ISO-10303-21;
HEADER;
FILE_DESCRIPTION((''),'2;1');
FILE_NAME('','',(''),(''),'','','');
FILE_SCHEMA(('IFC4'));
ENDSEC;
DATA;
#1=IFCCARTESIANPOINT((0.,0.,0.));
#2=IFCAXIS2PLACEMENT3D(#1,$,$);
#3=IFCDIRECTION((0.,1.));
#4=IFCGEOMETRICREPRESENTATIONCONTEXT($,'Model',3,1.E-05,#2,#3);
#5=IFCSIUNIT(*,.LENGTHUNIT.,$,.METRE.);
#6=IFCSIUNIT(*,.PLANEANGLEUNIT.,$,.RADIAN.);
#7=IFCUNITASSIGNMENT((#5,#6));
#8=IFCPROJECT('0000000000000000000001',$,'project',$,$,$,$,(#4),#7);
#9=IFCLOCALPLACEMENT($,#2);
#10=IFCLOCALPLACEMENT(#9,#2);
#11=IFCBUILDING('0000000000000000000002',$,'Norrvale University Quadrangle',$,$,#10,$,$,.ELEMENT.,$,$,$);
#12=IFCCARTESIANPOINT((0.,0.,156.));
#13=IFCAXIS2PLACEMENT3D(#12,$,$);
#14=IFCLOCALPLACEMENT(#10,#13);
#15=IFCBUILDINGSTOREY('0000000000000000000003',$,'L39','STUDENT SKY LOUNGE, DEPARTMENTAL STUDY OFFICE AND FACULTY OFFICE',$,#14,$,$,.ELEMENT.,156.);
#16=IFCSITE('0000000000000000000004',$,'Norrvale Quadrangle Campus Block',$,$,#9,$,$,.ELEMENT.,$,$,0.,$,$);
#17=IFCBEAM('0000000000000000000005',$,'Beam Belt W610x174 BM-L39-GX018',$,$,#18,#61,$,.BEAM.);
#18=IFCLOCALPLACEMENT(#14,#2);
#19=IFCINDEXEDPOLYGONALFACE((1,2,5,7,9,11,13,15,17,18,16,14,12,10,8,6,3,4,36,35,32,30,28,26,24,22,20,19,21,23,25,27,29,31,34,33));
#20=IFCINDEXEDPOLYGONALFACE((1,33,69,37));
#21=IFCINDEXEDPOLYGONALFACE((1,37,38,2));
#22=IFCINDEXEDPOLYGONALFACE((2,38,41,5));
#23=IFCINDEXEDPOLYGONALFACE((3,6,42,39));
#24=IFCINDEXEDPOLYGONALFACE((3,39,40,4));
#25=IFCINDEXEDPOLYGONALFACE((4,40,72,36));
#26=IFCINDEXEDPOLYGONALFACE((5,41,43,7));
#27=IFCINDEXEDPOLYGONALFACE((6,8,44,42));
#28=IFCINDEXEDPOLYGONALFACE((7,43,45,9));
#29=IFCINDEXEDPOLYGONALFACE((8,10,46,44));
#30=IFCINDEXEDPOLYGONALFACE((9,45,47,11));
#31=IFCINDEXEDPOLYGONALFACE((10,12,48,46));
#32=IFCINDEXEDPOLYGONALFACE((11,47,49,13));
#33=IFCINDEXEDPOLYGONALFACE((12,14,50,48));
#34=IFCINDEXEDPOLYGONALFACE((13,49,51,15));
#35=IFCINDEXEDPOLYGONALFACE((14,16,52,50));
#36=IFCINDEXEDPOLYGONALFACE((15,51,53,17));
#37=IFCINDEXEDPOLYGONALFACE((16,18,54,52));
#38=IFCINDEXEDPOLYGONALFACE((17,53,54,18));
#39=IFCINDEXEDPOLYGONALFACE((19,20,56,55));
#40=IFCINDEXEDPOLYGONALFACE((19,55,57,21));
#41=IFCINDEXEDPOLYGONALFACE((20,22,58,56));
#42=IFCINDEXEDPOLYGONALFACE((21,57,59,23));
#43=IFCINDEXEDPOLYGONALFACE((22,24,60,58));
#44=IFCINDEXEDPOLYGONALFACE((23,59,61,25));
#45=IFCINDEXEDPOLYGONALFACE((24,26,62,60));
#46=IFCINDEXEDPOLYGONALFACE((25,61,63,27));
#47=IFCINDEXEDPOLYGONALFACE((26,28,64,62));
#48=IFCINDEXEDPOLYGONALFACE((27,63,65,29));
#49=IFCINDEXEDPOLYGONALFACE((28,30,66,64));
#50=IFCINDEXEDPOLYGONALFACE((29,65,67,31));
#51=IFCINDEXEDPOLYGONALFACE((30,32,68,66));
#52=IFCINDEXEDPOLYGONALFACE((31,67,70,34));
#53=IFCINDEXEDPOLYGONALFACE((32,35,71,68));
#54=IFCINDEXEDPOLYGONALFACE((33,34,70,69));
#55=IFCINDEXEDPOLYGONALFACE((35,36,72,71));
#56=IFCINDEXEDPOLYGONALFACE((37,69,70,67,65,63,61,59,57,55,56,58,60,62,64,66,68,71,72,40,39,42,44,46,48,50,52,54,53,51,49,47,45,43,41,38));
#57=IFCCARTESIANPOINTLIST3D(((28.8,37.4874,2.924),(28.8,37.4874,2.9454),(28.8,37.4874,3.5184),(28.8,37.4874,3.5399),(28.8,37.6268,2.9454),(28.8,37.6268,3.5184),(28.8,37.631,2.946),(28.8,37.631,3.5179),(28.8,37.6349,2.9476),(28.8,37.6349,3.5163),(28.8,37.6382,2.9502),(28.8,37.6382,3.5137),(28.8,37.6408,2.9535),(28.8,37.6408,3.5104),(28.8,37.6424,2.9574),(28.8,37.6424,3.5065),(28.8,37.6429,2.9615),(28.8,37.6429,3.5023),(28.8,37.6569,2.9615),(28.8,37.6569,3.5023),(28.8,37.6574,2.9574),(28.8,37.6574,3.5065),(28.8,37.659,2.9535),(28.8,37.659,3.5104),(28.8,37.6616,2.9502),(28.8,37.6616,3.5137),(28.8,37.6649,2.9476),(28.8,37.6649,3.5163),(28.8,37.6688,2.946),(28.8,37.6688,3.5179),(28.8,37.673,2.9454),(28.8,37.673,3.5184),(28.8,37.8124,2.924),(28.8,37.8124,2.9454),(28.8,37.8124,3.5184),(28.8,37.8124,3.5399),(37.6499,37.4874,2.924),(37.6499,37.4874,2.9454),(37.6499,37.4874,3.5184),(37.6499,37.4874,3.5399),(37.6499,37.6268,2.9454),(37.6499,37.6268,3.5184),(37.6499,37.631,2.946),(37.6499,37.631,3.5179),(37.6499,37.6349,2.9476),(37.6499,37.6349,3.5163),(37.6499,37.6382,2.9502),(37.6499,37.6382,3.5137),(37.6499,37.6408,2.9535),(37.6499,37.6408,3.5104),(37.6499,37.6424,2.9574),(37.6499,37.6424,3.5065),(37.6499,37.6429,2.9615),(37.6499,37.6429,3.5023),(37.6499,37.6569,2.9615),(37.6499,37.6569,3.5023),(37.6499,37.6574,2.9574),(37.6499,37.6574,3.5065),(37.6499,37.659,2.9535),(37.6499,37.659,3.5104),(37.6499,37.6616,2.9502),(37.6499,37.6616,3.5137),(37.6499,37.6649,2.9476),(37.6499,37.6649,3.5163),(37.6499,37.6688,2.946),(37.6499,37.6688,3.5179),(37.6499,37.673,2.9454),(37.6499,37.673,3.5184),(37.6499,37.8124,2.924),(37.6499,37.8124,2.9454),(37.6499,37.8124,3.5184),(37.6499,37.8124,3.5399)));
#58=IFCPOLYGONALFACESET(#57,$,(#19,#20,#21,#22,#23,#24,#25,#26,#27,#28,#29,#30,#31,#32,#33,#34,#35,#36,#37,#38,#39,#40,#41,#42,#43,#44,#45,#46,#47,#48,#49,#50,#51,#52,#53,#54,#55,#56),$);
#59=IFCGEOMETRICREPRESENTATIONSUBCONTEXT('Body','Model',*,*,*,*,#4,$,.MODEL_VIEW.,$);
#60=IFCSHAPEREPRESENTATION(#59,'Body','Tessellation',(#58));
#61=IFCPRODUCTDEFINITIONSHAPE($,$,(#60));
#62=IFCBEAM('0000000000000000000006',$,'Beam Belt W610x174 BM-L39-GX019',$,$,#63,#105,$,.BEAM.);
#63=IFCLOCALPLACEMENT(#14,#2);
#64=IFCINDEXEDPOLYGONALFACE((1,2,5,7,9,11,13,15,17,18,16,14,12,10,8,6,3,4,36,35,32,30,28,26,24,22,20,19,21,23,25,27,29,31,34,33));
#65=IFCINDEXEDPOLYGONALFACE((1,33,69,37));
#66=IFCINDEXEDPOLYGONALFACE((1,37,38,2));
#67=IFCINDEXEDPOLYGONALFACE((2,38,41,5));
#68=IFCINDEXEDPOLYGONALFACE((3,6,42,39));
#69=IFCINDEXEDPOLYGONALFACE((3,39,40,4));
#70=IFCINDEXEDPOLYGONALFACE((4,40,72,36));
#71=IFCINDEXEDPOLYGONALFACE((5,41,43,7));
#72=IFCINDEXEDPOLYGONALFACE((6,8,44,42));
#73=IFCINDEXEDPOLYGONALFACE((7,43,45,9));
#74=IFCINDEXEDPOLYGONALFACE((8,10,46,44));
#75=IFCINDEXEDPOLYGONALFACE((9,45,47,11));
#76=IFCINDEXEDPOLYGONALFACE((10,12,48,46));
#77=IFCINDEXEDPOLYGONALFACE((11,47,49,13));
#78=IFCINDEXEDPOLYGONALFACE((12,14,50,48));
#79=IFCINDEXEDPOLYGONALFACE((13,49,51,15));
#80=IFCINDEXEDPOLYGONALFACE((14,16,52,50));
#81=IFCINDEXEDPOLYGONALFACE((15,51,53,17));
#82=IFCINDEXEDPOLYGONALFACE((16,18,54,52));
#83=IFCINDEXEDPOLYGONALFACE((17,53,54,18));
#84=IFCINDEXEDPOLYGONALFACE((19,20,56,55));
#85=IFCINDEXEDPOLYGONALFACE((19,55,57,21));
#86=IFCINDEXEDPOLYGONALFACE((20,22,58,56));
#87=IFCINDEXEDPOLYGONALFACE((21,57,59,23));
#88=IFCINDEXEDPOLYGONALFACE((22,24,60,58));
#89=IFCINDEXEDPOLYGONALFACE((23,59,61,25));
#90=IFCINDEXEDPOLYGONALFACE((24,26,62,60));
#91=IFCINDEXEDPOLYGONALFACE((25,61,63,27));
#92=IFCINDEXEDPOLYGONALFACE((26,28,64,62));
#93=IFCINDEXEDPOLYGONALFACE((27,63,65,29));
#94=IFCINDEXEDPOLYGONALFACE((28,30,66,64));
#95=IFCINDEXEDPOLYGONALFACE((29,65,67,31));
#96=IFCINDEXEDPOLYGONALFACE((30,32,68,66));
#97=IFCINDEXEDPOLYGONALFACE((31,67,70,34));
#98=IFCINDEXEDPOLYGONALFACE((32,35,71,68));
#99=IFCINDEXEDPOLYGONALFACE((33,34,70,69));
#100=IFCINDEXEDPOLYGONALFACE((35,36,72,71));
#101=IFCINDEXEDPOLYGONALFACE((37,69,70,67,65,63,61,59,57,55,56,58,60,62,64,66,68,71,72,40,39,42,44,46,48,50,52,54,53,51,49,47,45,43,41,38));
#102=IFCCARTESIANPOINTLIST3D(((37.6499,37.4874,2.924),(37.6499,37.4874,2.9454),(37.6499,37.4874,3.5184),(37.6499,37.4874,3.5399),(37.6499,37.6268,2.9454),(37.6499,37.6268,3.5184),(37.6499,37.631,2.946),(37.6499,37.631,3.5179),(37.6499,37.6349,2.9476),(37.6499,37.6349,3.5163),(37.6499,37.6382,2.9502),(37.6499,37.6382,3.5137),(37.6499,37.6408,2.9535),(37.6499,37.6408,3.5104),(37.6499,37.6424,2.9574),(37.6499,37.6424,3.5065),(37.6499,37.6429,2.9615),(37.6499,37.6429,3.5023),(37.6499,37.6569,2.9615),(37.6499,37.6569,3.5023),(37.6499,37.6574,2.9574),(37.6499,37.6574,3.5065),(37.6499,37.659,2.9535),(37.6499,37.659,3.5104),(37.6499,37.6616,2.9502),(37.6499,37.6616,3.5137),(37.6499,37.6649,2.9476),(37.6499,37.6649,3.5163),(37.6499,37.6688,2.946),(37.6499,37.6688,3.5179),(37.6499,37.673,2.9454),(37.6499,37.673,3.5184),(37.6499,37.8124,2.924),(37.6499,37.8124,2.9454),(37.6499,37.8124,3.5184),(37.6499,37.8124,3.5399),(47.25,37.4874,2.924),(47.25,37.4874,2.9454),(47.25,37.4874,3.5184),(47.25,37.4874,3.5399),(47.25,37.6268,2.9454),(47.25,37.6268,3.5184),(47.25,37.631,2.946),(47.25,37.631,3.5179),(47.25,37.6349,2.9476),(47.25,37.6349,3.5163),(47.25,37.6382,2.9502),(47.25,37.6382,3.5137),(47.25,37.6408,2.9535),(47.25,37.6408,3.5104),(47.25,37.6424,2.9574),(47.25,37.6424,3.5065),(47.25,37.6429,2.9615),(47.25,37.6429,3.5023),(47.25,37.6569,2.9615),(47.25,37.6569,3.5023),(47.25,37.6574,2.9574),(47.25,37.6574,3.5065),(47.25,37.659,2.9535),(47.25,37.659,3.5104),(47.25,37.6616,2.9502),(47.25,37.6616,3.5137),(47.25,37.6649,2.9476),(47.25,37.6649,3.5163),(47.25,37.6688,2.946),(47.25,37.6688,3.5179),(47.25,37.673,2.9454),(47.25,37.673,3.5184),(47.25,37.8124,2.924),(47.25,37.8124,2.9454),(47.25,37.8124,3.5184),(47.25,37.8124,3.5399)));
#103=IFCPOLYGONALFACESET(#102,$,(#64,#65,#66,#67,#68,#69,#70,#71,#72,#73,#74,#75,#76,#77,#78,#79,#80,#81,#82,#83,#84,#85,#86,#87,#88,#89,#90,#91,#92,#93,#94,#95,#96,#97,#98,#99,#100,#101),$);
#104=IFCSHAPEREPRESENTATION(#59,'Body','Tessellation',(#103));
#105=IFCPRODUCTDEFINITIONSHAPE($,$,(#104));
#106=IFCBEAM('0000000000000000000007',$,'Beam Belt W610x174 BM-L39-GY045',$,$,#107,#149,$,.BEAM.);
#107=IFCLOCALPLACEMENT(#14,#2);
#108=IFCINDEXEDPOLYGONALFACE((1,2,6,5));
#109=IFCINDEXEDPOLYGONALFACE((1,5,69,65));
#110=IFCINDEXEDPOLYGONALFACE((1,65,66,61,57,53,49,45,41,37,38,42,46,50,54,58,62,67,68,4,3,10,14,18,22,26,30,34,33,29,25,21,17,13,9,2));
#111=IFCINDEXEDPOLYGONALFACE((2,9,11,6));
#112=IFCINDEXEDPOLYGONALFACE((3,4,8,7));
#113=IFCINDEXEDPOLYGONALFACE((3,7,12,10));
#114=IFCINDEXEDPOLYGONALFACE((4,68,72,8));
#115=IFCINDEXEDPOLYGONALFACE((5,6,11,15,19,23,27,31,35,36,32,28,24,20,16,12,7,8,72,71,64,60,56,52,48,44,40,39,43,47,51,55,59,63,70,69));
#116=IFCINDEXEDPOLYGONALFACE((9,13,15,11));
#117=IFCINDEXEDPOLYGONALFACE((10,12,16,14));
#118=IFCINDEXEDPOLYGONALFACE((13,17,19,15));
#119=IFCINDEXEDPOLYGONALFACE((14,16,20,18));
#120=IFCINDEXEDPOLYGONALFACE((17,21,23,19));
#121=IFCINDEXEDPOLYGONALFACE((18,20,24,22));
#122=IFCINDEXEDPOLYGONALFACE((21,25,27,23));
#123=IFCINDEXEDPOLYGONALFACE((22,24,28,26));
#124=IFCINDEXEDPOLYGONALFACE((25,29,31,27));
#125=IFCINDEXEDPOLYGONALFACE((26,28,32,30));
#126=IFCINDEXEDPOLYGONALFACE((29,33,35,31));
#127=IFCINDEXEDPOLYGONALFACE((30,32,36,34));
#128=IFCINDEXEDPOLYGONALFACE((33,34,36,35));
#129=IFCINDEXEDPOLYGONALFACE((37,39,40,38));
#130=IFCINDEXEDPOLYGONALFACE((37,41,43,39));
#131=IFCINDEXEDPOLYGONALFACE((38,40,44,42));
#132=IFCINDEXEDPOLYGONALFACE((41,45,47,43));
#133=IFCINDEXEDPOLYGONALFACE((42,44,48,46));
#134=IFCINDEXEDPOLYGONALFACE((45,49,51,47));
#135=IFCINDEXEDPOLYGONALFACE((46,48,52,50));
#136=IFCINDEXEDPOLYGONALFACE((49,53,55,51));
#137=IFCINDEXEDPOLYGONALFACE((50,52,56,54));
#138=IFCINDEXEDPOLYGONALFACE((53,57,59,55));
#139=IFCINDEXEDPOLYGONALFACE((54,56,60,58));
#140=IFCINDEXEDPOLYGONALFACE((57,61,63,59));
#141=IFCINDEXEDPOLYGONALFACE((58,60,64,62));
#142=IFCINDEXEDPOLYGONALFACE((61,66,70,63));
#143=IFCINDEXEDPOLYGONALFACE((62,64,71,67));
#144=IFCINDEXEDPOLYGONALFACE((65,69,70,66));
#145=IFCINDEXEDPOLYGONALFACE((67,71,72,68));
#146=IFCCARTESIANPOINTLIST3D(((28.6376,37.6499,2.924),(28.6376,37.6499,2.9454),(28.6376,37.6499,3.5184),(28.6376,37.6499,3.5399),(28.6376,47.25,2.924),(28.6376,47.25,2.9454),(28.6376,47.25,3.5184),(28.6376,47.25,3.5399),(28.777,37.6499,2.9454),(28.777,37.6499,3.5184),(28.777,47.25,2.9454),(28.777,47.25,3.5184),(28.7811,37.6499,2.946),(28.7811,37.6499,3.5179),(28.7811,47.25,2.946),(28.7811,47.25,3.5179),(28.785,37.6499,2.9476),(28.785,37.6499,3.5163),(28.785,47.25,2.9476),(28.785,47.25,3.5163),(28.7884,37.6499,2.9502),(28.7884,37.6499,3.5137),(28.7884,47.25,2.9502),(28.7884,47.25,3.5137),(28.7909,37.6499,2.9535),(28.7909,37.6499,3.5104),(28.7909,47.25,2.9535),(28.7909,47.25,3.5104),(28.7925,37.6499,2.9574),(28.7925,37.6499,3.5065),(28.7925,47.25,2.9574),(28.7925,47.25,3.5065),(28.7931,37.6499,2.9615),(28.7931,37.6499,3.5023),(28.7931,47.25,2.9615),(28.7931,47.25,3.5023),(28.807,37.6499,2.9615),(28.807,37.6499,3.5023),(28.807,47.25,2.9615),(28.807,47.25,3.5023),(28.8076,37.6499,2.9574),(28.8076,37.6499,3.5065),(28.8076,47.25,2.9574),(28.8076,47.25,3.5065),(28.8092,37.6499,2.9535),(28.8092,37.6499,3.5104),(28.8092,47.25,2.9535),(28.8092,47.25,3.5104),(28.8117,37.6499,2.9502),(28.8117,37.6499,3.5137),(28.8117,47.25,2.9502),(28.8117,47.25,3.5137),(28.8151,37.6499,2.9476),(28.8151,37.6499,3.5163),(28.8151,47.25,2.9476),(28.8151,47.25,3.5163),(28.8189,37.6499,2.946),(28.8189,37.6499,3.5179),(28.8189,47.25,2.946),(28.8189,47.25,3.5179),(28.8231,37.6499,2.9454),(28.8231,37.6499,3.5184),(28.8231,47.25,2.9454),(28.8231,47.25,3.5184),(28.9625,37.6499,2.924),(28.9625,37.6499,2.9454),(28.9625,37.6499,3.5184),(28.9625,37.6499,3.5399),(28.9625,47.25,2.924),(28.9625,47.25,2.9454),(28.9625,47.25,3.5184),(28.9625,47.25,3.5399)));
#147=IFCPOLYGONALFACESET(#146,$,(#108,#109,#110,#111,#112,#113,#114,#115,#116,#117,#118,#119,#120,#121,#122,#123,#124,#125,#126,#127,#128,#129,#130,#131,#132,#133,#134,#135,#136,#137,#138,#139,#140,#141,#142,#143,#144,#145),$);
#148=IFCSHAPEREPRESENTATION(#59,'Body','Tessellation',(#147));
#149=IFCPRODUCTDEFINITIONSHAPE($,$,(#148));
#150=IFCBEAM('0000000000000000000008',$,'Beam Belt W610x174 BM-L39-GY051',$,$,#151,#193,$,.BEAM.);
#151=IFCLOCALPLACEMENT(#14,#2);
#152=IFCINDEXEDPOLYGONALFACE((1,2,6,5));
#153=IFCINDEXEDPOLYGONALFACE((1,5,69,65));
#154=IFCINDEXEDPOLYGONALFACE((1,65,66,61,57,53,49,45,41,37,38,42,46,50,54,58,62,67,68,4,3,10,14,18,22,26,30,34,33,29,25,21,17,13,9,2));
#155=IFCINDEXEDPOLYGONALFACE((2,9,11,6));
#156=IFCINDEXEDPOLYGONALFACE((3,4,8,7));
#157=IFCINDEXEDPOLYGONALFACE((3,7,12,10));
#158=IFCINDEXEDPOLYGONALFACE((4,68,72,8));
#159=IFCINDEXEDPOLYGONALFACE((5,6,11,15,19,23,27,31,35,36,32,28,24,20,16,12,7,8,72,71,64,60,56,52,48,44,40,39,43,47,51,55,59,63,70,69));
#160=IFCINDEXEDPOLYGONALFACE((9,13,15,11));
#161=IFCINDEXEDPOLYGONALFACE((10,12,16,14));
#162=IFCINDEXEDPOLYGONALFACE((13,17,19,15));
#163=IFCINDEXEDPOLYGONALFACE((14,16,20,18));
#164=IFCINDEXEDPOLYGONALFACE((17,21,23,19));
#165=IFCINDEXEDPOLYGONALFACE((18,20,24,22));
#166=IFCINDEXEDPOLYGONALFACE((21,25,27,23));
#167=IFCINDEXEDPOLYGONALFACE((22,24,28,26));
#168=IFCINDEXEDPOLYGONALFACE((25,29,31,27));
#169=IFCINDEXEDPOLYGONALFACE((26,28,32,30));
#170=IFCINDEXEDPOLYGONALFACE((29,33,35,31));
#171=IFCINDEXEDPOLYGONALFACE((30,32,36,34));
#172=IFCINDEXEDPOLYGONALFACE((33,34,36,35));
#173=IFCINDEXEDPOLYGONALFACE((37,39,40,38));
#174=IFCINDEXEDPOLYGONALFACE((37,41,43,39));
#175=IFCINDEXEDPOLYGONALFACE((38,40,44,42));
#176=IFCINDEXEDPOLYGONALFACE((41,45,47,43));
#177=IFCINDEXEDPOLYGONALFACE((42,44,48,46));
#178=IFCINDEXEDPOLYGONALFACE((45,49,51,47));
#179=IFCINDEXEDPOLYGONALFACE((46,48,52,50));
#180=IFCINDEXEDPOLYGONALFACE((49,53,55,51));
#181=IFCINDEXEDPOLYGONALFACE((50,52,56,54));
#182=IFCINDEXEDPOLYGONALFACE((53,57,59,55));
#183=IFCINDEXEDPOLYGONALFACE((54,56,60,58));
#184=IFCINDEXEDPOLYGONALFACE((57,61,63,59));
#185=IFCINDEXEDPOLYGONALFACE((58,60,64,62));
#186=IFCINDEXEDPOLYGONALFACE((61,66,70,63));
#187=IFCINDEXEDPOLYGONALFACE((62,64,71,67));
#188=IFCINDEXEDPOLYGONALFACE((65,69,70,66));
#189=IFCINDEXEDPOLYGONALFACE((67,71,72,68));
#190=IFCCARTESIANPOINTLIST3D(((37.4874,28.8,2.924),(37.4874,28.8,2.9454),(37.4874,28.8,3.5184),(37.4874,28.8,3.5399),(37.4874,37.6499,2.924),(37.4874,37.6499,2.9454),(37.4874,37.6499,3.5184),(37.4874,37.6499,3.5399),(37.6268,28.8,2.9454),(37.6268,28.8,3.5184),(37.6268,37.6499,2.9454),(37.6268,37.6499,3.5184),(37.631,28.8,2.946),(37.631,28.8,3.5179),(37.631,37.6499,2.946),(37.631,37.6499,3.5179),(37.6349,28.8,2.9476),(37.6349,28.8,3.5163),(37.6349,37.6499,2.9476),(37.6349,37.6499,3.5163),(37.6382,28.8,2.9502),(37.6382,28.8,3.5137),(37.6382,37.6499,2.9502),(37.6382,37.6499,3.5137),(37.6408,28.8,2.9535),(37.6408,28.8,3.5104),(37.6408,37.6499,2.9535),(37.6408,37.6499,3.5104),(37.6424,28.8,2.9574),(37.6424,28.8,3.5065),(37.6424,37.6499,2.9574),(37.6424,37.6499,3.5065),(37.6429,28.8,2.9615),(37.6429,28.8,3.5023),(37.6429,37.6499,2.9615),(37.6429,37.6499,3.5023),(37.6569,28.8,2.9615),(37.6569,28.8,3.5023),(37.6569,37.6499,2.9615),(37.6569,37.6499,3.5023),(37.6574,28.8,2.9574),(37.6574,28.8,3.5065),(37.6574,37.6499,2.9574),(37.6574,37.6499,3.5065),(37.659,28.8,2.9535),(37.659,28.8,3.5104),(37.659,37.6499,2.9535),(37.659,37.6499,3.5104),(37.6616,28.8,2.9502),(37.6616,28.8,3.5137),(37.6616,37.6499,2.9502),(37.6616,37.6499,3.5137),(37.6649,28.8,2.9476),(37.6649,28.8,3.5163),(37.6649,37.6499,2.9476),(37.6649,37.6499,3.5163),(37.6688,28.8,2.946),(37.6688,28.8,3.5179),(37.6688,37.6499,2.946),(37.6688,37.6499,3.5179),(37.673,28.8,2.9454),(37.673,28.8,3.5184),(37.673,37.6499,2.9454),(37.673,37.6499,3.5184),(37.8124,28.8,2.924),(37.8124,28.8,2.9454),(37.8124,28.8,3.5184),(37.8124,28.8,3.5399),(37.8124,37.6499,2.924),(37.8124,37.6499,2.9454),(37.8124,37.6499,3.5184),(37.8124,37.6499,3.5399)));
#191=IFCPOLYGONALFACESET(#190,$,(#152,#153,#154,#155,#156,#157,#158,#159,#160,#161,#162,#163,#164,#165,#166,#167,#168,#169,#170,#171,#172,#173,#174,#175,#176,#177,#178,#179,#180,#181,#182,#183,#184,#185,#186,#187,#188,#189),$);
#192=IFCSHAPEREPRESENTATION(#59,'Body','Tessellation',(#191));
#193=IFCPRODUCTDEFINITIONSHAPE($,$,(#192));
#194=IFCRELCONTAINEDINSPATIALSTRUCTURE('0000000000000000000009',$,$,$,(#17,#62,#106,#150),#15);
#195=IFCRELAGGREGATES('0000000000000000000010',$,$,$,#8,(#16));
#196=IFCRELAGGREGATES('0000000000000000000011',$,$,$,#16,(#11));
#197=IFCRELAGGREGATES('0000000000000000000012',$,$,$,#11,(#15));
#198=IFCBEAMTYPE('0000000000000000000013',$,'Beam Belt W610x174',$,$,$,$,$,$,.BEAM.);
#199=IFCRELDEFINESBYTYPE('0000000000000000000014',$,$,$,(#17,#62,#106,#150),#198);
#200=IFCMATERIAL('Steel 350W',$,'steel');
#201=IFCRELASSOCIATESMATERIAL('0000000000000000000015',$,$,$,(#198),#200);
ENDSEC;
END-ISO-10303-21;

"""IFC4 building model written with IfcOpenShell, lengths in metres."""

from ifc_helpers import new_model, si_unit, direction, frame, origin, origin_2d, place, context, subcontext, project, spatial, i_section, extrude, material, material_profile, profile_set, type_object, element, save


model = new_model("IFC4")

# Units and contexts
model_context = context("Model", 3, precision=1e-05, world=origin(), true_north=direction((0.0, 1.0)))
body_context = subcontext(model_context, "Body", "Model", "MODEL_VIEW")
ifc_project = project(units=[si_unit("LENGTHUNIT", "METRE"), si_unit("PLANEANGLEUNIT", "RADIAN")], contexts=[model_context])

# Site, building, storey
site_placement = place(None, origin())
site = spatial("IfcSite", under=ifc_project, at=site_placement, Name="Norrvale Quadrangle Campus Block", CompositionType="ELEMENT", RefElevation=0.0)
building_placement = place(site_placement, origin())
building = spatial("IfcBuilding", under=site, at=building_placement, Name="Norrvale University Quadrangle", CompositionType="ELEMENT")
storey_placement = place(building_placement, frame((0.0, 0.0, 156.0)))
storey = spatial("IfcBuildingStorey", under=building, at=storey_placement, Name="L39", Description="STUDENT SKY LOUNGE, DEPARTMENTAL STUDY OFFICE AND FACULTY OFFICE", CompositionType="ELEMENT", Elevation=156.0)

# Beams
ifc_material_1 = material(Name="Steel 350W", Category="steel")
ifc_material_profile_1 = material_profile(ifc_material_1, i_section(OverallWidth=0.325, OverallDepth=0.616, WebThickness=0.0139, FlangeThickness=0.0215, FilletRadius=0.0161, at=origin_2d()), Name="Steel 350W")
ifc_profile_set_1 = profile_set([ifc_material_profile_1], Name="Steel 350W")
beam_type_1 = type_object("IfcBeamType", Name="Beam Belt W610x174", PredefinedType="BEAM", material=ifc_profile_set_1)
beam_1_placement = place(storey_placement, frame((28.8, 37.6499, 3.2319), z_axis=(1.0, 0.0, 0.0), x_axis=(0.0, 1.0, 0.0)))
element("IfcBeam", 1, at=beam_1_placement, inside=storey, type_object=beam_type_1, Name="Beam Belt W610x174 BM-L39-GX018", PredefinedType="BEAM", context=body_context, shape_type="SweptSolid", body=[
    extrude(i_section(OverallWidth=0.325, OverallDepth=0.616, WebThickness=0.0139, FlangeThickness=0.0215, FilletRadius=0.0161, at=origin_2d()), origin(), (0.0, 0.0, 1.0), 8.8499),
])
for number, where, z_axis, x_axis, name in (
    (2, (37.6499, 37.6499, 3.2319), (1.0, 0.0, 0.0), (0.0, 1.0, 0.0), "Beam Belt W610x174 BM-L39-GX019"),
    (3, (28.8, 37.6499, 3.2319), (0.0, 1.0, 0.0), (-1.0, 0.0, 0.0), "Beam Belt W610x174 BM-L39-GY045"),
):
    element("IfcBeam", number, at=place(storey_placement, frame(where, z_axis=z_axis, x_axis=x_axis)), inside=storey, type_object=beam_type_1, Name=name, PredefinedType="BEAM", context=body_context, shape_type="SweptSolid", body=[
        extrude(i_section(OverallWidth=0.325, OverallDepth=0.616, WebThickness=0.0139, FlangeThickness=0.0215, FilletRadius=0.0161, at=origin_2d()), origin(), (0.0, 0.0, 1.0), 9.6001),
    ])
beam_2_placement = place(storey_placement, frame((37.6499, 28.8, 3.2319), z_axis=(0.0, 1.0, 0.0), x_axis=(-1.0, 0.0, 0.0)))
element("IfcBeam", 4, at=beam_2_placement, inside=storey, type_object=beam_type_1, Name="Beam Belt W610x174 BM-L39-GY051", PredefinedType="BEAM", context=body_context, shape_type="SweptSolid", body=[
    extrude(i_section(OverallWidth=0.325, OverallDepth=0.616, WebThickness=0.0139, FlangeThickness=0.0215, FilletRadius=0.0161, at=origin_2d()), origin(), (0.0, 0.0, 1.0), 8.8499),
])

save(model, "model.ifc")
